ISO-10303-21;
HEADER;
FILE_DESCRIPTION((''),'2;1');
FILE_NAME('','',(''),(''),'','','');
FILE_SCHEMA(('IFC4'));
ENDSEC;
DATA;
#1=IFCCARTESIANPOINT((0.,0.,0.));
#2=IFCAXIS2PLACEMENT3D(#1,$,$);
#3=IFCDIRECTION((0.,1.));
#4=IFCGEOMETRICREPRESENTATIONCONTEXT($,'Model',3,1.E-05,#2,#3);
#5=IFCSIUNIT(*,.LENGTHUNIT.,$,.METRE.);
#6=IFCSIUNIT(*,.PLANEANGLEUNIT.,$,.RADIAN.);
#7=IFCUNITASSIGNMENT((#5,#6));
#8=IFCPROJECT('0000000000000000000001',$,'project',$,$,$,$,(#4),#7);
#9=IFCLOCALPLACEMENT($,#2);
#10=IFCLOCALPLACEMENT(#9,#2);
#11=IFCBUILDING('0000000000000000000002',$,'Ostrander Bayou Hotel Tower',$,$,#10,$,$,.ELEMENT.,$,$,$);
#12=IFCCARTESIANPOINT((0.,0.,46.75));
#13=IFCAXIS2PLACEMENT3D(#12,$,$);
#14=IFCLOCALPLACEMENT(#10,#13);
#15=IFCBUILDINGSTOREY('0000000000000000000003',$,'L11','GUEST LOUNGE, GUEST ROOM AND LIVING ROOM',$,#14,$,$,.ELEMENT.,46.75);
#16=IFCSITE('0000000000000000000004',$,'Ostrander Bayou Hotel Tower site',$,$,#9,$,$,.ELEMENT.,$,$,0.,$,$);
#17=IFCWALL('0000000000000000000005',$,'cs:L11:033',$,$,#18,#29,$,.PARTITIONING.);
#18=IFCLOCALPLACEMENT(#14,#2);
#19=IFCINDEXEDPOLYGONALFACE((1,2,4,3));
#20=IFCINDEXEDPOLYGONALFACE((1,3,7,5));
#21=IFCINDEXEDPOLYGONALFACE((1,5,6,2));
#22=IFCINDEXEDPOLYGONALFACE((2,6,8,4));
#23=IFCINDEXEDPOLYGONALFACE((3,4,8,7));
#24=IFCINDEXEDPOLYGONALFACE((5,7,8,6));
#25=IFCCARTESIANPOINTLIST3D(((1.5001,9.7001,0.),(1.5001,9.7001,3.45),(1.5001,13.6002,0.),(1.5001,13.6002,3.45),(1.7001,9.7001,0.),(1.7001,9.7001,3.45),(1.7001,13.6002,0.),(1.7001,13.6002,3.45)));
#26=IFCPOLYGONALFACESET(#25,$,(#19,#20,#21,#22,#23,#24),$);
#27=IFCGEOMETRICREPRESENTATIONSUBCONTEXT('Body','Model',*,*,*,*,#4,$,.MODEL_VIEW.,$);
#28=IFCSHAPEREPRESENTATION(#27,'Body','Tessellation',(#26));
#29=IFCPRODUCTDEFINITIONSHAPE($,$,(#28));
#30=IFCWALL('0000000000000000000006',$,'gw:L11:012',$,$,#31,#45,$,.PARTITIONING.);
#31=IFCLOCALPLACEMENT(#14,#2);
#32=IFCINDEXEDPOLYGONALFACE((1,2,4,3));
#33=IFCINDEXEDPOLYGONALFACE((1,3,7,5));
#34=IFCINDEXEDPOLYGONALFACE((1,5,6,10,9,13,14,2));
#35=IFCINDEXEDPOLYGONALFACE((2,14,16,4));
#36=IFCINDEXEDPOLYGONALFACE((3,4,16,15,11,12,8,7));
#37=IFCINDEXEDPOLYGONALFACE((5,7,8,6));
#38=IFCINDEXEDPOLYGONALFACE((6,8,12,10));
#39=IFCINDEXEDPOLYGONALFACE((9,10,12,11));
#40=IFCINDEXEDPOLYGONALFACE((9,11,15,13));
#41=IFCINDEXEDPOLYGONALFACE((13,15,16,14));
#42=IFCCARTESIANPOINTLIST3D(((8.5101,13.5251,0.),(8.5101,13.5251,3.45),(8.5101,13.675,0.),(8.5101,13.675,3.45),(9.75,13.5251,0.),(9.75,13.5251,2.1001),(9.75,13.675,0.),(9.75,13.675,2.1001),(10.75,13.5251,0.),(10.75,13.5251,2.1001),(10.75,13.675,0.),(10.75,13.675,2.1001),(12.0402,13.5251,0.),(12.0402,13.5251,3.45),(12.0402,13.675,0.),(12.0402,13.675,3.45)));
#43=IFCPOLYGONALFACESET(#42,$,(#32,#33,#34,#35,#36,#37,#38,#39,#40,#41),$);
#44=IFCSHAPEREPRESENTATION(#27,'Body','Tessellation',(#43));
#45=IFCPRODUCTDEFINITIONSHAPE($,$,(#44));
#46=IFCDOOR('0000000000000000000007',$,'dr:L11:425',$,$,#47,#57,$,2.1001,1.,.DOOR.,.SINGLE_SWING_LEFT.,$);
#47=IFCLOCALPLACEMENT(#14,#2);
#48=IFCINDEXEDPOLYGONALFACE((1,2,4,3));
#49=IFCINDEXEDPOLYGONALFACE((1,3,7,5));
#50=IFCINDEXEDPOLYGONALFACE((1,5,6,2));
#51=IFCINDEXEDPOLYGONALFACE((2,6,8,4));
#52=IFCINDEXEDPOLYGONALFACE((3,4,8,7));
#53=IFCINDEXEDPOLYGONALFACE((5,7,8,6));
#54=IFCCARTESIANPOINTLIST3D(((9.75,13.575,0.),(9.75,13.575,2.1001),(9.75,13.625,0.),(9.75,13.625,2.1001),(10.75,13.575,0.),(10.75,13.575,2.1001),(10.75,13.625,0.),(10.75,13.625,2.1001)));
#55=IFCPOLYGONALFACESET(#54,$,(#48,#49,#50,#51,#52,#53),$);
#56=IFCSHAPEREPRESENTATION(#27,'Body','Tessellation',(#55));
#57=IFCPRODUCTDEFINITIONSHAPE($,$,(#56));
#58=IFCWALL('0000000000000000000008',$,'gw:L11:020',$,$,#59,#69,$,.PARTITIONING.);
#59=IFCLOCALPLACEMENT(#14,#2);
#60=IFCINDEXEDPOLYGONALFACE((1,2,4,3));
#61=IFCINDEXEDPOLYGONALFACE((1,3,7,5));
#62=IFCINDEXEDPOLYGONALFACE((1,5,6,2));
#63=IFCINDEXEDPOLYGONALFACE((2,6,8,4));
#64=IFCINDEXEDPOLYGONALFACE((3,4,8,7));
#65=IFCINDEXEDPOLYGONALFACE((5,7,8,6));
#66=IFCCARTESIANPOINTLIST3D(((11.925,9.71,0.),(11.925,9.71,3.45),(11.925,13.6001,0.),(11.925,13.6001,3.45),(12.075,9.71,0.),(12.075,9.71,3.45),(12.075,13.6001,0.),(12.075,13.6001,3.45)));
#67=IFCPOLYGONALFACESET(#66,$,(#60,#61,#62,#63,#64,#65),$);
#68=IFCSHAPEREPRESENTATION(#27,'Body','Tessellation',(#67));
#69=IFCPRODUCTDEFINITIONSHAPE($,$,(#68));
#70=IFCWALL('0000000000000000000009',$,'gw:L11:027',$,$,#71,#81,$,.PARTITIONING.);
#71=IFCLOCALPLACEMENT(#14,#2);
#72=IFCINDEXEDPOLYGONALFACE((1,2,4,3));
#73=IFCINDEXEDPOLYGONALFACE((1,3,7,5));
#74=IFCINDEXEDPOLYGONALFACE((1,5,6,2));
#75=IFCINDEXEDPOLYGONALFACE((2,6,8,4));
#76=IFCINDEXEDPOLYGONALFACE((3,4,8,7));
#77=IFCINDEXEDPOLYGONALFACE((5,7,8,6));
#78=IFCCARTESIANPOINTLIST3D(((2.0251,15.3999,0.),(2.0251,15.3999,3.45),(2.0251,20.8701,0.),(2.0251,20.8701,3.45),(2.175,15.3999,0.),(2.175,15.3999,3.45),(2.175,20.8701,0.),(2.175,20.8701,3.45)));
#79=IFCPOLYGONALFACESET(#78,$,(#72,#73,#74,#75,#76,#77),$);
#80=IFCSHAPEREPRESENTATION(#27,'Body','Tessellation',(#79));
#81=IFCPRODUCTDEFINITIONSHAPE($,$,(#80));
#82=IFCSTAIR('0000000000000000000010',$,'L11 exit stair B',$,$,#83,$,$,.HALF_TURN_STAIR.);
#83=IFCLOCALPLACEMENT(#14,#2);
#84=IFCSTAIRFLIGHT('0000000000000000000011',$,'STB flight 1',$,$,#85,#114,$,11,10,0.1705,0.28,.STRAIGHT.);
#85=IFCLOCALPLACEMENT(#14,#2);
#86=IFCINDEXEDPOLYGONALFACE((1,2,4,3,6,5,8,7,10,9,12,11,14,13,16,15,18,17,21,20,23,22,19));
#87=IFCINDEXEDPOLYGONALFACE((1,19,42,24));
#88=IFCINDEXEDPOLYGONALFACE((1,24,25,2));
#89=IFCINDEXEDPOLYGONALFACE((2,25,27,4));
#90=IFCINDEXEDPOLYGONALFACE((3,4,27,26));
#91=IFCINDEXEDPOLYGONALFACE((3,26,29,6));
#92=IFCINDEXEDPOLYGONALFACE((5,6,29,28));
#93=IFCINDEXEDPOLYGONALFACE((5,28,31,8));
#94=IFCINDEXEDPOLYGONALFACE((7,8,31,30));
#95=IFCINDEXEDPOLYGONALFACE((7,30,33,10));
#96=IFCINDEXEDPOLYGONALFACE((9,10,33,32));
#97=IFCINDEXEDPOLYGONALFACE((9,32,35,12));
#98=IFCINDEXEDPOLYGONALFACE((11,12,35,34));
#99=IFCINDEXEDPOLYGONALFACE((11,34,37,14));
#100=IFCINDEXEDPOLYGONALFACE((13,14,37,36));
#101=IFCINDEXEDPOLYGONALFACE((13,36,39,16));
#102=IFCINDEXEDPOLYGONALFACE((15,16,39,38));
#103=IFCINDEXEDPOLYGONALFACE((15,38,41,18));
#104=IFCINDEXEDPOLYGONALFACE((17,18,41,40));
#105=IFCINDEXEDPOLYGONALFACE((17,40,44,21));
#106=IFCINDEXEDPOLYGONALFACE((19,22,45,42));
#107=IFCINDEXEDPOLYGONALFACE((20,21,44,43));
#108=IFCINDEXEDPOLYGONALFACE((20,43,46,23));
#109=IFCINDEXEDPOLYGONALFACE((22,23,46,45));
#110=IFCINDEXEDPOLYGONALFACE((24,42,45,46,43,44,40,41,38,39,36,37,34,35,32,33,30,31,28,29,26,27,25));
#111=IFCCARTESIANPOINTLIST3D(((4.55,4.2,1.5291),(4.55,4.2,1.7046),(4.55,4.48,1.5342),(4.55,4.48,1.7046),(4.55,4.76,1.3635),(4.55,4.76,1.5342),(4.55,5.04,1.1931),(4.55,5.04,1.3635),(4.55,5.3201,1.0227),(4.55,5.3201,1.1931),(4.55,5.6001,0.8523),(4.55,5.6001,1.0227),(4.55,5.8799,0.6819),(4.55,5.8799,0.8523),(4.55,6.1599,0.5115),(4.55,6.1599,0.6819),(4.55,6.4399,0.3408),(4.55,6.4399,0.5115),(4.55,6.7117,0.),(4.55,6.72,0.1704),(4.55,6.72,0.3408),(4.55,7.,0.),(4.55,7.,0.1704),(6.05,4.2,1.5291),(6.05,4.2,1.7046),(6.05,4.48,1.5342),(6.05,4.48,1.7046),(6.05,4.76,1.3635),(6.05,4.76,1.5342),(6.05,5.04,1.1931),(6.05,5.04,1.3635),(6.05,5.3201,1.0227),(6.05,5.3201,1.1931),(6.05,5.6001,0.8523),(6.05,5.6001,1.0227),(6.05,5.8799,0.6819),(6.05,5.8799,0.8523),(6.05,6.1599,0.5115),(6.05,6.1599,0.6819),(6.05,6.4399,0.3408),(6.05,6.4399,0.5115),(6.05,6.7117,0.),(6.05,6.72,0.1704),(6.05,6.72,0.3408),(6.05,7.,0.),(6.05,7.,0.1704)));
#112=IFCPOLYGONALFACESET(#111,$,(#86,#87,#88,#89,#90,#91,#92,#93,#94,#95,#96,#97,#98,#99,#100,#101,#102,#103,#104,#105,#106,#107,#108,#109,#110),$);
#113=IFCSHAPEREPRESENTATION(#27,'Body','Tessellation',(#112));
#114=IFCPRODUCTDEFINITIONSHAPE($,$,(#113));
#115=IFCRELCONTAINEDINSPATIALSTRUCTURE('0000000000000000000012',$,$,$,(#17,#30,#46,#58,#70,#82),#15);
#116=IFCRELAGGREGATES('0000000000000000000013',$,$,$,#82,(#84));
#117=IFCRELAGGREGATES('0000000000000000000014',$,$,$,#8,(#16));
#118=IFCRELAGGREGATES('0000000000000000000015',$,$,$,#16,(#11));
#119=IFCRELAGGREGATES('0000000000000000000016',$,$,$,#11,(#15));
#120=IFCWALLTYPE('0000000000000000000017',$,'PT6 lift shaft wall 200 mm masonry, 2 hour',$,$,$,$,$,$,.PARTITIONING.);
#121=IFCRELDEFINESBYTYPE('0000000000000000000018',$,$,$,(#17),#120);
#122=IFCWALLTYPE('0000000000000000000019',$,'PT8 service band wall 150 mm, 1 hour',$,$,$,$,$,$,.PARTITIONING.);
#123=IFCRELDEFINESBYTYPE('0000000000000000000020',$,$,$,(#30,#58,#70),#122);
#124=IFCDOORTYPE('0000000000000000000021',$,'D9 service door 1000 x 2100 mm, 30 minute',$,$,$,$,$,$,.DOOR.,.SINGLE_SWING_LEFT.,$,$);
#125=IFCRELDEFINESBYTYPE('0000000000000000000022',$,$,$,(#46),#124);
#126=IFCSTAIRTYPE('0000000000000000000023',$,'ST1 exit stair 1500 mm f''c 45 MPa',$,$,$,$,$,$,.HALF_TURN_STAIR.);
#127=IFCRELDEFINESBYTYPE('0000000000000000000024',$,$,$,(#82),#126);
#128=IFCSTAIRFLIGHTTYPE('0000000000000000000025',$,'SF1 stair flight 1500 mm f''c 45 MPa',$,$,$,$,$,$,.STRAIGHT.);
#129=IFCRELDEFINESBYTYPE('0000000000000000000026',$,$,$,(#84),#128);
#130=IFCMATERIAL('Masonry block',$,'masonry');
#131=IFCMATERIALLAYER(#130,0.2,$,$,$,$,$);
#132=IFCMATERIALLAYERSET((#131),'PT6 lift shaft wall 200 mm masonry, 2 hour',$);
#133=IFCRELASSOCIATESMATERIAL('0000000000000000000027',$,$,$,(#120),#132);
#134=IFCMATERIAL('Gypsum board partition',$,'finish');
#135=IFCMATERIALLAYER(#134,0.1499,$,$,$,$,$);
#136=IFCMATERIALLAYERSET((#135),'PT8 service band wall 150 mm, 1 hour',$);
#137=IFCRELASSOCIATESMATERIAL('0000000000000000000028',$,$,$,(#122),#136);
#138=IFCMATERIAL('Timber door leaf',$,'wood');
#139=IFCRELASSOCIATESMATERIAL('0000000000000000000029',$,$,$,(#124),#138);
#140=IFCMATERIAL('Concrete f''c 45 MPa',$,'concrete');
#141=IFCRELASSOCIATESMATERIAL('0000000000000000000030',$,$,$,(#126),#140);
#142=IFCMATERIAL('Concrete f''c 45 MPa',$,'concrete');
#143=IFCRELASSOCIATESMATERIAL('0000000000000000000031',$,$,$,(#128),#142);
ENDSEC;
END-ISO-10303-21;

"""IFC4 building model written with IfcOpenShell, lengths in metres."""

from ifc_helpers import new_model, si_unit, direction, frame, frame_2d, origin, place, context, subcontext, project, spatial, polyline, rectangle, outline, extrude, material, layer, layer_set, type_object, element, fill, aggregate, save


model = new_model("IFC4")

# Units and contexts
model_context = context("Model", 3, precision=1e-05, world=origin(), true_north=direction((0.0, 1.0)))
body_context = subcontext(model_context, "Body", "Model", "MODEL_VIEW")
ifc_project = project(units=[si_unit("LENGTHUNIT", "METRE"), si_unit("PLANEANGLEUNIT", "RADIAN")], contexts=[model_context])

# Site, building, storey
site_placement = place(None, origin())
site = spatial("IfcSite", under=ifc_project, at=site_placement, Name="Ostrander Bayou Hotel Tower site", CompositionType="ELEMENT", RefElevation=0.0)
building_placement = place(site_placement, origin())
building = spatial("IfcBuilding", under=site, at=building_placement, Name="Ostrander Bayou Hotel Tower", CompositionType="ELEMENT")
storey_placement = place(building_placement, frame((0.0, 0.0, 46.75)))
storey = spatial("IfcBuildingStorey", under=building, at=storey_placement, Name="L11", Description="GUEST LOUNGE, GUEST ROOM AND LIVING ROOM", CompositionType="ELEMENT", Elevation=46.75)

# Wall
ifc_material_1 = material(Name="Masonry block", Category="masonry")
ifc_layer_1 = layer(ifc_material_1, 0.2)
ifc_layer_set_1 = layer_set([ifc_layer_1], Name="PT6 lift shaft wall 200 mm masonry, 2 hour")
wall_type_1 = type_object("IfcWallType", Name="PT6 lift shaft wall 200 mm masonry, 2 hour", PredefinedType="PARTITIONING", material=ifc_layer_set_1)
wall_1_placement = place(storey_placement, frame((1.6001, 9.7, 0.0), z_axis=(0.0, 0.0, 1.0), x_axis=(0.0, 1.0, 0.0)))
element("IfcWall", 1, at=wall_1_placement, inside=storey, type_object=wall_type_1, Name="cs:L11:033", PredefinedType="PARTITIONING", context=body_context, shape_type="SweptSolid", body=[
    extrude(rectangle(XDim=3.9001, YDim=0.2, at=frame_2d((1.9502, 0.0))), origin(), (0.0, 0.0, 1.0), 3.45),
])

# Wall, opening, door
ifc_material_2 = material(Name="Gypsum board partition", Category="finish")
ifc_layer_2 = layer(ifc_material_2, 0.1499)
ifc_layer_set_2 = layer_set([ifc_layer_2], Name="PT8 service band wall 150 mm, 1 hour")
wall_type_2 = type_object("IfcWallType", Name="PT8 service band wall 150 mm, 1 hour", PredefinedType="PARTITIONING", material=ifc_layer_set_2)
wall_2_placement = place(storey_placement, frame((8.51, 13.6001, 0.0), z_axis=(0.0, 0.0, 1.0), x_axis=(1.0, 0.0, 0.0)))
wall_2 = element("IfcWall", 2, at=wall_2_placement, inside=storey, type_object=wall_type_2, Name="gw:L11:012", PredefinedType="PARTITIONING", context=body_context, shape_type="SweptSolid", body=[
    extrude(rectangle(XDim=3.53, YDim=0.1499, at=frame_2d((1.7651, 0.0))), origin(), (0.0, 0.0, 1.0), 3.45),
])
opening_1_placement = place(wall_2_placement, frame((1.24, 0.0, 0.0)))
opening_1 = element("IfcOpeningElement", 3, at=opening_1_placement, cuts=wall_2, PredefinedType="OPENING", context=body_context, shape_type="SweptSolid", body=[
    extrude(rectangle(XDim=1.0, YDim=2.1001, at=frame_2d((0.5, 1.05))), frame((0.0, 0.075, 0.0), z_axis=(0.0, -1.0, 0.0), x_axis=(1.0, 0.0, 0.0)), (0.0, 0.0, 1.0), 0.1499),
])
ifc_material_3 = material(Name="Timber door leaf", Category="wood")
door_type_1 = type_object("IfcDoorType", Name="D9 service door 1000 x 2100 mm, 30 minute", OperationType="SINGLE_SWING_LEFT", PredefinedType="DOOR", material=ifc_material_3)
door_1_placement = place(opening_1_placement, origin())
door_1 = element("IfcDoor", 4, at=door_1_placement, inside=storey, type_object=door_type_1, Name="dr:L11:425", OperationType="SINGLE_SWING_LEFT", OverallHeight=2.1001, OverallWidth=1.0, PredefinedType="DOOR", context=body_context, shape_type="SweptSolid", body=[
    extrude(rectangle(XDim=1.0, YDim=2.1001, at=frame_2d((0.5, 1.05))), frame((0.0, 0.0249, 0.0), z_axis=(0.0, -1.0, 0.0), x_axis=(1.0, 0.0, 0.0)), (0.0, 0.0, 1.0), 0.05),
])
fill(opening_1, door_1)

# Walls
wall_3_placement = place(storey_placement, frame((12.0, 9.71, 0.0), z_axis=(0.0, 0.0, 1.0), x_axis=(0.0, 1.0, 0.0)))
element("IfcWall", 5, at=wall_3_placement, inside=storey, type_object=wall_type_2, Name="gw:L11:020", PredefinedType="PARTITIONING", context=body_context, shape_type="SweptSolid", body=[
    extrude(rectangle(XDim=3.8901, YDim=0.1499, at=frame_2d((1.9451, 0.0))), origin(), (0.0, 0.0, 1.0), 3.45),
])
wall_4_placement = place(storey_placement, frame((2.1001, 15.3999, 0.0), z_axis=(0.0, 0.0, 1.0), x_axis=(0.0, 1.0, 0.0)))
element("IfcWall", 6, at=wall_4_placement, inside=storey, type_object=wall_type_2, Name="gw:L11:027", PredefinedType="PARTITIONING", context=body_context, shape_type="SweptSolid", body=[
    extrude(rectangle(XDim=5.4702, YDim=0.1499, at=frame_2d((2.7351, 0.0))), origin(), (0.0, 0.0, 1.0), 3.45),
])

# Stair, stair flight
ifc_material_4 = material(Name="Concrete f'c 45 MPa", Category="concrete")
stair_type = type_object("IfcStairType", Name="ST1 exit stair 1500 mm f'c 45 MPa", PredefinedType="HALF_TURN_STAIR", material=ifc_material_4)
stair_placement = place(storey_placement, origin())
stair = element("IfcStair", 7, at=stair_placement, inside=storey, type_object=stair_type, Name="L11 exit stair B", PredefinedType="HALF_TURN_STAIR")
ifc_material_5 = material(Name="Concrete f'c 45 MPa", Category="concrete")
stair_flight_type = type_object("IfcStairFlightType", Name="SF1 stair flight 1500 mm f'c 45 MPa", PredefinedType="STRAIGHT", material=ifc_material_5)
stair_flight_placement = place(storey_placement, frame((5.3, 7.0, 0.0), z_axis=(0.0, 0.0, 1.0), x_axis=(0.0, -1.0, 0.0)))
stair_flight = element("IfcStairFlight", 8, at=stair_flight_placement, type_object=stair_flight_type, Name="STB flight 1", NumberOfRisers=11, NumberOfTreads=10, PredefinedType="STRAIGHT", RiserHeight=0.1705, TreadLength=0.28, context=body_context, shape_type="SweptSolid", body=[
    extrude(outline(polyline([(0.0, 0.0), (0.0, 0.1704), (0.28, 0.1704), (0.28, 0.3408), (0.5601, 0.3408), (0.5601, 0.5115), (0.8401, 0.5115), (0.8401, 0.6819), (1.1201, 0.6819), (1.1201, 0.8523), (1.3999, 0.8523), (1.3999, 1.0227), (1.6799, 1.0227), (1.6799, 1.1931), (1.96, 1.1931), (1.96, 1.3635), (2.24, 1.3635), (2.24, 1.5342), (2.52, 1.5342), (2.52, 1.7046), (2.8, 1.7046), (2.8, 1.875), (2.8, 1.5291), (0.2883, 0.0), (0.0, 0.0)])), frame((0.0, 0.75, 0.0), z_axis=(0.0, -1.0, 0.0), x_axis=(1.0, 0.0, 0.0)), (0.0, 0.0, 1.0), 1.5),
])
aggregate(stair, [stair_flight])

save(model, "model.ifc")
